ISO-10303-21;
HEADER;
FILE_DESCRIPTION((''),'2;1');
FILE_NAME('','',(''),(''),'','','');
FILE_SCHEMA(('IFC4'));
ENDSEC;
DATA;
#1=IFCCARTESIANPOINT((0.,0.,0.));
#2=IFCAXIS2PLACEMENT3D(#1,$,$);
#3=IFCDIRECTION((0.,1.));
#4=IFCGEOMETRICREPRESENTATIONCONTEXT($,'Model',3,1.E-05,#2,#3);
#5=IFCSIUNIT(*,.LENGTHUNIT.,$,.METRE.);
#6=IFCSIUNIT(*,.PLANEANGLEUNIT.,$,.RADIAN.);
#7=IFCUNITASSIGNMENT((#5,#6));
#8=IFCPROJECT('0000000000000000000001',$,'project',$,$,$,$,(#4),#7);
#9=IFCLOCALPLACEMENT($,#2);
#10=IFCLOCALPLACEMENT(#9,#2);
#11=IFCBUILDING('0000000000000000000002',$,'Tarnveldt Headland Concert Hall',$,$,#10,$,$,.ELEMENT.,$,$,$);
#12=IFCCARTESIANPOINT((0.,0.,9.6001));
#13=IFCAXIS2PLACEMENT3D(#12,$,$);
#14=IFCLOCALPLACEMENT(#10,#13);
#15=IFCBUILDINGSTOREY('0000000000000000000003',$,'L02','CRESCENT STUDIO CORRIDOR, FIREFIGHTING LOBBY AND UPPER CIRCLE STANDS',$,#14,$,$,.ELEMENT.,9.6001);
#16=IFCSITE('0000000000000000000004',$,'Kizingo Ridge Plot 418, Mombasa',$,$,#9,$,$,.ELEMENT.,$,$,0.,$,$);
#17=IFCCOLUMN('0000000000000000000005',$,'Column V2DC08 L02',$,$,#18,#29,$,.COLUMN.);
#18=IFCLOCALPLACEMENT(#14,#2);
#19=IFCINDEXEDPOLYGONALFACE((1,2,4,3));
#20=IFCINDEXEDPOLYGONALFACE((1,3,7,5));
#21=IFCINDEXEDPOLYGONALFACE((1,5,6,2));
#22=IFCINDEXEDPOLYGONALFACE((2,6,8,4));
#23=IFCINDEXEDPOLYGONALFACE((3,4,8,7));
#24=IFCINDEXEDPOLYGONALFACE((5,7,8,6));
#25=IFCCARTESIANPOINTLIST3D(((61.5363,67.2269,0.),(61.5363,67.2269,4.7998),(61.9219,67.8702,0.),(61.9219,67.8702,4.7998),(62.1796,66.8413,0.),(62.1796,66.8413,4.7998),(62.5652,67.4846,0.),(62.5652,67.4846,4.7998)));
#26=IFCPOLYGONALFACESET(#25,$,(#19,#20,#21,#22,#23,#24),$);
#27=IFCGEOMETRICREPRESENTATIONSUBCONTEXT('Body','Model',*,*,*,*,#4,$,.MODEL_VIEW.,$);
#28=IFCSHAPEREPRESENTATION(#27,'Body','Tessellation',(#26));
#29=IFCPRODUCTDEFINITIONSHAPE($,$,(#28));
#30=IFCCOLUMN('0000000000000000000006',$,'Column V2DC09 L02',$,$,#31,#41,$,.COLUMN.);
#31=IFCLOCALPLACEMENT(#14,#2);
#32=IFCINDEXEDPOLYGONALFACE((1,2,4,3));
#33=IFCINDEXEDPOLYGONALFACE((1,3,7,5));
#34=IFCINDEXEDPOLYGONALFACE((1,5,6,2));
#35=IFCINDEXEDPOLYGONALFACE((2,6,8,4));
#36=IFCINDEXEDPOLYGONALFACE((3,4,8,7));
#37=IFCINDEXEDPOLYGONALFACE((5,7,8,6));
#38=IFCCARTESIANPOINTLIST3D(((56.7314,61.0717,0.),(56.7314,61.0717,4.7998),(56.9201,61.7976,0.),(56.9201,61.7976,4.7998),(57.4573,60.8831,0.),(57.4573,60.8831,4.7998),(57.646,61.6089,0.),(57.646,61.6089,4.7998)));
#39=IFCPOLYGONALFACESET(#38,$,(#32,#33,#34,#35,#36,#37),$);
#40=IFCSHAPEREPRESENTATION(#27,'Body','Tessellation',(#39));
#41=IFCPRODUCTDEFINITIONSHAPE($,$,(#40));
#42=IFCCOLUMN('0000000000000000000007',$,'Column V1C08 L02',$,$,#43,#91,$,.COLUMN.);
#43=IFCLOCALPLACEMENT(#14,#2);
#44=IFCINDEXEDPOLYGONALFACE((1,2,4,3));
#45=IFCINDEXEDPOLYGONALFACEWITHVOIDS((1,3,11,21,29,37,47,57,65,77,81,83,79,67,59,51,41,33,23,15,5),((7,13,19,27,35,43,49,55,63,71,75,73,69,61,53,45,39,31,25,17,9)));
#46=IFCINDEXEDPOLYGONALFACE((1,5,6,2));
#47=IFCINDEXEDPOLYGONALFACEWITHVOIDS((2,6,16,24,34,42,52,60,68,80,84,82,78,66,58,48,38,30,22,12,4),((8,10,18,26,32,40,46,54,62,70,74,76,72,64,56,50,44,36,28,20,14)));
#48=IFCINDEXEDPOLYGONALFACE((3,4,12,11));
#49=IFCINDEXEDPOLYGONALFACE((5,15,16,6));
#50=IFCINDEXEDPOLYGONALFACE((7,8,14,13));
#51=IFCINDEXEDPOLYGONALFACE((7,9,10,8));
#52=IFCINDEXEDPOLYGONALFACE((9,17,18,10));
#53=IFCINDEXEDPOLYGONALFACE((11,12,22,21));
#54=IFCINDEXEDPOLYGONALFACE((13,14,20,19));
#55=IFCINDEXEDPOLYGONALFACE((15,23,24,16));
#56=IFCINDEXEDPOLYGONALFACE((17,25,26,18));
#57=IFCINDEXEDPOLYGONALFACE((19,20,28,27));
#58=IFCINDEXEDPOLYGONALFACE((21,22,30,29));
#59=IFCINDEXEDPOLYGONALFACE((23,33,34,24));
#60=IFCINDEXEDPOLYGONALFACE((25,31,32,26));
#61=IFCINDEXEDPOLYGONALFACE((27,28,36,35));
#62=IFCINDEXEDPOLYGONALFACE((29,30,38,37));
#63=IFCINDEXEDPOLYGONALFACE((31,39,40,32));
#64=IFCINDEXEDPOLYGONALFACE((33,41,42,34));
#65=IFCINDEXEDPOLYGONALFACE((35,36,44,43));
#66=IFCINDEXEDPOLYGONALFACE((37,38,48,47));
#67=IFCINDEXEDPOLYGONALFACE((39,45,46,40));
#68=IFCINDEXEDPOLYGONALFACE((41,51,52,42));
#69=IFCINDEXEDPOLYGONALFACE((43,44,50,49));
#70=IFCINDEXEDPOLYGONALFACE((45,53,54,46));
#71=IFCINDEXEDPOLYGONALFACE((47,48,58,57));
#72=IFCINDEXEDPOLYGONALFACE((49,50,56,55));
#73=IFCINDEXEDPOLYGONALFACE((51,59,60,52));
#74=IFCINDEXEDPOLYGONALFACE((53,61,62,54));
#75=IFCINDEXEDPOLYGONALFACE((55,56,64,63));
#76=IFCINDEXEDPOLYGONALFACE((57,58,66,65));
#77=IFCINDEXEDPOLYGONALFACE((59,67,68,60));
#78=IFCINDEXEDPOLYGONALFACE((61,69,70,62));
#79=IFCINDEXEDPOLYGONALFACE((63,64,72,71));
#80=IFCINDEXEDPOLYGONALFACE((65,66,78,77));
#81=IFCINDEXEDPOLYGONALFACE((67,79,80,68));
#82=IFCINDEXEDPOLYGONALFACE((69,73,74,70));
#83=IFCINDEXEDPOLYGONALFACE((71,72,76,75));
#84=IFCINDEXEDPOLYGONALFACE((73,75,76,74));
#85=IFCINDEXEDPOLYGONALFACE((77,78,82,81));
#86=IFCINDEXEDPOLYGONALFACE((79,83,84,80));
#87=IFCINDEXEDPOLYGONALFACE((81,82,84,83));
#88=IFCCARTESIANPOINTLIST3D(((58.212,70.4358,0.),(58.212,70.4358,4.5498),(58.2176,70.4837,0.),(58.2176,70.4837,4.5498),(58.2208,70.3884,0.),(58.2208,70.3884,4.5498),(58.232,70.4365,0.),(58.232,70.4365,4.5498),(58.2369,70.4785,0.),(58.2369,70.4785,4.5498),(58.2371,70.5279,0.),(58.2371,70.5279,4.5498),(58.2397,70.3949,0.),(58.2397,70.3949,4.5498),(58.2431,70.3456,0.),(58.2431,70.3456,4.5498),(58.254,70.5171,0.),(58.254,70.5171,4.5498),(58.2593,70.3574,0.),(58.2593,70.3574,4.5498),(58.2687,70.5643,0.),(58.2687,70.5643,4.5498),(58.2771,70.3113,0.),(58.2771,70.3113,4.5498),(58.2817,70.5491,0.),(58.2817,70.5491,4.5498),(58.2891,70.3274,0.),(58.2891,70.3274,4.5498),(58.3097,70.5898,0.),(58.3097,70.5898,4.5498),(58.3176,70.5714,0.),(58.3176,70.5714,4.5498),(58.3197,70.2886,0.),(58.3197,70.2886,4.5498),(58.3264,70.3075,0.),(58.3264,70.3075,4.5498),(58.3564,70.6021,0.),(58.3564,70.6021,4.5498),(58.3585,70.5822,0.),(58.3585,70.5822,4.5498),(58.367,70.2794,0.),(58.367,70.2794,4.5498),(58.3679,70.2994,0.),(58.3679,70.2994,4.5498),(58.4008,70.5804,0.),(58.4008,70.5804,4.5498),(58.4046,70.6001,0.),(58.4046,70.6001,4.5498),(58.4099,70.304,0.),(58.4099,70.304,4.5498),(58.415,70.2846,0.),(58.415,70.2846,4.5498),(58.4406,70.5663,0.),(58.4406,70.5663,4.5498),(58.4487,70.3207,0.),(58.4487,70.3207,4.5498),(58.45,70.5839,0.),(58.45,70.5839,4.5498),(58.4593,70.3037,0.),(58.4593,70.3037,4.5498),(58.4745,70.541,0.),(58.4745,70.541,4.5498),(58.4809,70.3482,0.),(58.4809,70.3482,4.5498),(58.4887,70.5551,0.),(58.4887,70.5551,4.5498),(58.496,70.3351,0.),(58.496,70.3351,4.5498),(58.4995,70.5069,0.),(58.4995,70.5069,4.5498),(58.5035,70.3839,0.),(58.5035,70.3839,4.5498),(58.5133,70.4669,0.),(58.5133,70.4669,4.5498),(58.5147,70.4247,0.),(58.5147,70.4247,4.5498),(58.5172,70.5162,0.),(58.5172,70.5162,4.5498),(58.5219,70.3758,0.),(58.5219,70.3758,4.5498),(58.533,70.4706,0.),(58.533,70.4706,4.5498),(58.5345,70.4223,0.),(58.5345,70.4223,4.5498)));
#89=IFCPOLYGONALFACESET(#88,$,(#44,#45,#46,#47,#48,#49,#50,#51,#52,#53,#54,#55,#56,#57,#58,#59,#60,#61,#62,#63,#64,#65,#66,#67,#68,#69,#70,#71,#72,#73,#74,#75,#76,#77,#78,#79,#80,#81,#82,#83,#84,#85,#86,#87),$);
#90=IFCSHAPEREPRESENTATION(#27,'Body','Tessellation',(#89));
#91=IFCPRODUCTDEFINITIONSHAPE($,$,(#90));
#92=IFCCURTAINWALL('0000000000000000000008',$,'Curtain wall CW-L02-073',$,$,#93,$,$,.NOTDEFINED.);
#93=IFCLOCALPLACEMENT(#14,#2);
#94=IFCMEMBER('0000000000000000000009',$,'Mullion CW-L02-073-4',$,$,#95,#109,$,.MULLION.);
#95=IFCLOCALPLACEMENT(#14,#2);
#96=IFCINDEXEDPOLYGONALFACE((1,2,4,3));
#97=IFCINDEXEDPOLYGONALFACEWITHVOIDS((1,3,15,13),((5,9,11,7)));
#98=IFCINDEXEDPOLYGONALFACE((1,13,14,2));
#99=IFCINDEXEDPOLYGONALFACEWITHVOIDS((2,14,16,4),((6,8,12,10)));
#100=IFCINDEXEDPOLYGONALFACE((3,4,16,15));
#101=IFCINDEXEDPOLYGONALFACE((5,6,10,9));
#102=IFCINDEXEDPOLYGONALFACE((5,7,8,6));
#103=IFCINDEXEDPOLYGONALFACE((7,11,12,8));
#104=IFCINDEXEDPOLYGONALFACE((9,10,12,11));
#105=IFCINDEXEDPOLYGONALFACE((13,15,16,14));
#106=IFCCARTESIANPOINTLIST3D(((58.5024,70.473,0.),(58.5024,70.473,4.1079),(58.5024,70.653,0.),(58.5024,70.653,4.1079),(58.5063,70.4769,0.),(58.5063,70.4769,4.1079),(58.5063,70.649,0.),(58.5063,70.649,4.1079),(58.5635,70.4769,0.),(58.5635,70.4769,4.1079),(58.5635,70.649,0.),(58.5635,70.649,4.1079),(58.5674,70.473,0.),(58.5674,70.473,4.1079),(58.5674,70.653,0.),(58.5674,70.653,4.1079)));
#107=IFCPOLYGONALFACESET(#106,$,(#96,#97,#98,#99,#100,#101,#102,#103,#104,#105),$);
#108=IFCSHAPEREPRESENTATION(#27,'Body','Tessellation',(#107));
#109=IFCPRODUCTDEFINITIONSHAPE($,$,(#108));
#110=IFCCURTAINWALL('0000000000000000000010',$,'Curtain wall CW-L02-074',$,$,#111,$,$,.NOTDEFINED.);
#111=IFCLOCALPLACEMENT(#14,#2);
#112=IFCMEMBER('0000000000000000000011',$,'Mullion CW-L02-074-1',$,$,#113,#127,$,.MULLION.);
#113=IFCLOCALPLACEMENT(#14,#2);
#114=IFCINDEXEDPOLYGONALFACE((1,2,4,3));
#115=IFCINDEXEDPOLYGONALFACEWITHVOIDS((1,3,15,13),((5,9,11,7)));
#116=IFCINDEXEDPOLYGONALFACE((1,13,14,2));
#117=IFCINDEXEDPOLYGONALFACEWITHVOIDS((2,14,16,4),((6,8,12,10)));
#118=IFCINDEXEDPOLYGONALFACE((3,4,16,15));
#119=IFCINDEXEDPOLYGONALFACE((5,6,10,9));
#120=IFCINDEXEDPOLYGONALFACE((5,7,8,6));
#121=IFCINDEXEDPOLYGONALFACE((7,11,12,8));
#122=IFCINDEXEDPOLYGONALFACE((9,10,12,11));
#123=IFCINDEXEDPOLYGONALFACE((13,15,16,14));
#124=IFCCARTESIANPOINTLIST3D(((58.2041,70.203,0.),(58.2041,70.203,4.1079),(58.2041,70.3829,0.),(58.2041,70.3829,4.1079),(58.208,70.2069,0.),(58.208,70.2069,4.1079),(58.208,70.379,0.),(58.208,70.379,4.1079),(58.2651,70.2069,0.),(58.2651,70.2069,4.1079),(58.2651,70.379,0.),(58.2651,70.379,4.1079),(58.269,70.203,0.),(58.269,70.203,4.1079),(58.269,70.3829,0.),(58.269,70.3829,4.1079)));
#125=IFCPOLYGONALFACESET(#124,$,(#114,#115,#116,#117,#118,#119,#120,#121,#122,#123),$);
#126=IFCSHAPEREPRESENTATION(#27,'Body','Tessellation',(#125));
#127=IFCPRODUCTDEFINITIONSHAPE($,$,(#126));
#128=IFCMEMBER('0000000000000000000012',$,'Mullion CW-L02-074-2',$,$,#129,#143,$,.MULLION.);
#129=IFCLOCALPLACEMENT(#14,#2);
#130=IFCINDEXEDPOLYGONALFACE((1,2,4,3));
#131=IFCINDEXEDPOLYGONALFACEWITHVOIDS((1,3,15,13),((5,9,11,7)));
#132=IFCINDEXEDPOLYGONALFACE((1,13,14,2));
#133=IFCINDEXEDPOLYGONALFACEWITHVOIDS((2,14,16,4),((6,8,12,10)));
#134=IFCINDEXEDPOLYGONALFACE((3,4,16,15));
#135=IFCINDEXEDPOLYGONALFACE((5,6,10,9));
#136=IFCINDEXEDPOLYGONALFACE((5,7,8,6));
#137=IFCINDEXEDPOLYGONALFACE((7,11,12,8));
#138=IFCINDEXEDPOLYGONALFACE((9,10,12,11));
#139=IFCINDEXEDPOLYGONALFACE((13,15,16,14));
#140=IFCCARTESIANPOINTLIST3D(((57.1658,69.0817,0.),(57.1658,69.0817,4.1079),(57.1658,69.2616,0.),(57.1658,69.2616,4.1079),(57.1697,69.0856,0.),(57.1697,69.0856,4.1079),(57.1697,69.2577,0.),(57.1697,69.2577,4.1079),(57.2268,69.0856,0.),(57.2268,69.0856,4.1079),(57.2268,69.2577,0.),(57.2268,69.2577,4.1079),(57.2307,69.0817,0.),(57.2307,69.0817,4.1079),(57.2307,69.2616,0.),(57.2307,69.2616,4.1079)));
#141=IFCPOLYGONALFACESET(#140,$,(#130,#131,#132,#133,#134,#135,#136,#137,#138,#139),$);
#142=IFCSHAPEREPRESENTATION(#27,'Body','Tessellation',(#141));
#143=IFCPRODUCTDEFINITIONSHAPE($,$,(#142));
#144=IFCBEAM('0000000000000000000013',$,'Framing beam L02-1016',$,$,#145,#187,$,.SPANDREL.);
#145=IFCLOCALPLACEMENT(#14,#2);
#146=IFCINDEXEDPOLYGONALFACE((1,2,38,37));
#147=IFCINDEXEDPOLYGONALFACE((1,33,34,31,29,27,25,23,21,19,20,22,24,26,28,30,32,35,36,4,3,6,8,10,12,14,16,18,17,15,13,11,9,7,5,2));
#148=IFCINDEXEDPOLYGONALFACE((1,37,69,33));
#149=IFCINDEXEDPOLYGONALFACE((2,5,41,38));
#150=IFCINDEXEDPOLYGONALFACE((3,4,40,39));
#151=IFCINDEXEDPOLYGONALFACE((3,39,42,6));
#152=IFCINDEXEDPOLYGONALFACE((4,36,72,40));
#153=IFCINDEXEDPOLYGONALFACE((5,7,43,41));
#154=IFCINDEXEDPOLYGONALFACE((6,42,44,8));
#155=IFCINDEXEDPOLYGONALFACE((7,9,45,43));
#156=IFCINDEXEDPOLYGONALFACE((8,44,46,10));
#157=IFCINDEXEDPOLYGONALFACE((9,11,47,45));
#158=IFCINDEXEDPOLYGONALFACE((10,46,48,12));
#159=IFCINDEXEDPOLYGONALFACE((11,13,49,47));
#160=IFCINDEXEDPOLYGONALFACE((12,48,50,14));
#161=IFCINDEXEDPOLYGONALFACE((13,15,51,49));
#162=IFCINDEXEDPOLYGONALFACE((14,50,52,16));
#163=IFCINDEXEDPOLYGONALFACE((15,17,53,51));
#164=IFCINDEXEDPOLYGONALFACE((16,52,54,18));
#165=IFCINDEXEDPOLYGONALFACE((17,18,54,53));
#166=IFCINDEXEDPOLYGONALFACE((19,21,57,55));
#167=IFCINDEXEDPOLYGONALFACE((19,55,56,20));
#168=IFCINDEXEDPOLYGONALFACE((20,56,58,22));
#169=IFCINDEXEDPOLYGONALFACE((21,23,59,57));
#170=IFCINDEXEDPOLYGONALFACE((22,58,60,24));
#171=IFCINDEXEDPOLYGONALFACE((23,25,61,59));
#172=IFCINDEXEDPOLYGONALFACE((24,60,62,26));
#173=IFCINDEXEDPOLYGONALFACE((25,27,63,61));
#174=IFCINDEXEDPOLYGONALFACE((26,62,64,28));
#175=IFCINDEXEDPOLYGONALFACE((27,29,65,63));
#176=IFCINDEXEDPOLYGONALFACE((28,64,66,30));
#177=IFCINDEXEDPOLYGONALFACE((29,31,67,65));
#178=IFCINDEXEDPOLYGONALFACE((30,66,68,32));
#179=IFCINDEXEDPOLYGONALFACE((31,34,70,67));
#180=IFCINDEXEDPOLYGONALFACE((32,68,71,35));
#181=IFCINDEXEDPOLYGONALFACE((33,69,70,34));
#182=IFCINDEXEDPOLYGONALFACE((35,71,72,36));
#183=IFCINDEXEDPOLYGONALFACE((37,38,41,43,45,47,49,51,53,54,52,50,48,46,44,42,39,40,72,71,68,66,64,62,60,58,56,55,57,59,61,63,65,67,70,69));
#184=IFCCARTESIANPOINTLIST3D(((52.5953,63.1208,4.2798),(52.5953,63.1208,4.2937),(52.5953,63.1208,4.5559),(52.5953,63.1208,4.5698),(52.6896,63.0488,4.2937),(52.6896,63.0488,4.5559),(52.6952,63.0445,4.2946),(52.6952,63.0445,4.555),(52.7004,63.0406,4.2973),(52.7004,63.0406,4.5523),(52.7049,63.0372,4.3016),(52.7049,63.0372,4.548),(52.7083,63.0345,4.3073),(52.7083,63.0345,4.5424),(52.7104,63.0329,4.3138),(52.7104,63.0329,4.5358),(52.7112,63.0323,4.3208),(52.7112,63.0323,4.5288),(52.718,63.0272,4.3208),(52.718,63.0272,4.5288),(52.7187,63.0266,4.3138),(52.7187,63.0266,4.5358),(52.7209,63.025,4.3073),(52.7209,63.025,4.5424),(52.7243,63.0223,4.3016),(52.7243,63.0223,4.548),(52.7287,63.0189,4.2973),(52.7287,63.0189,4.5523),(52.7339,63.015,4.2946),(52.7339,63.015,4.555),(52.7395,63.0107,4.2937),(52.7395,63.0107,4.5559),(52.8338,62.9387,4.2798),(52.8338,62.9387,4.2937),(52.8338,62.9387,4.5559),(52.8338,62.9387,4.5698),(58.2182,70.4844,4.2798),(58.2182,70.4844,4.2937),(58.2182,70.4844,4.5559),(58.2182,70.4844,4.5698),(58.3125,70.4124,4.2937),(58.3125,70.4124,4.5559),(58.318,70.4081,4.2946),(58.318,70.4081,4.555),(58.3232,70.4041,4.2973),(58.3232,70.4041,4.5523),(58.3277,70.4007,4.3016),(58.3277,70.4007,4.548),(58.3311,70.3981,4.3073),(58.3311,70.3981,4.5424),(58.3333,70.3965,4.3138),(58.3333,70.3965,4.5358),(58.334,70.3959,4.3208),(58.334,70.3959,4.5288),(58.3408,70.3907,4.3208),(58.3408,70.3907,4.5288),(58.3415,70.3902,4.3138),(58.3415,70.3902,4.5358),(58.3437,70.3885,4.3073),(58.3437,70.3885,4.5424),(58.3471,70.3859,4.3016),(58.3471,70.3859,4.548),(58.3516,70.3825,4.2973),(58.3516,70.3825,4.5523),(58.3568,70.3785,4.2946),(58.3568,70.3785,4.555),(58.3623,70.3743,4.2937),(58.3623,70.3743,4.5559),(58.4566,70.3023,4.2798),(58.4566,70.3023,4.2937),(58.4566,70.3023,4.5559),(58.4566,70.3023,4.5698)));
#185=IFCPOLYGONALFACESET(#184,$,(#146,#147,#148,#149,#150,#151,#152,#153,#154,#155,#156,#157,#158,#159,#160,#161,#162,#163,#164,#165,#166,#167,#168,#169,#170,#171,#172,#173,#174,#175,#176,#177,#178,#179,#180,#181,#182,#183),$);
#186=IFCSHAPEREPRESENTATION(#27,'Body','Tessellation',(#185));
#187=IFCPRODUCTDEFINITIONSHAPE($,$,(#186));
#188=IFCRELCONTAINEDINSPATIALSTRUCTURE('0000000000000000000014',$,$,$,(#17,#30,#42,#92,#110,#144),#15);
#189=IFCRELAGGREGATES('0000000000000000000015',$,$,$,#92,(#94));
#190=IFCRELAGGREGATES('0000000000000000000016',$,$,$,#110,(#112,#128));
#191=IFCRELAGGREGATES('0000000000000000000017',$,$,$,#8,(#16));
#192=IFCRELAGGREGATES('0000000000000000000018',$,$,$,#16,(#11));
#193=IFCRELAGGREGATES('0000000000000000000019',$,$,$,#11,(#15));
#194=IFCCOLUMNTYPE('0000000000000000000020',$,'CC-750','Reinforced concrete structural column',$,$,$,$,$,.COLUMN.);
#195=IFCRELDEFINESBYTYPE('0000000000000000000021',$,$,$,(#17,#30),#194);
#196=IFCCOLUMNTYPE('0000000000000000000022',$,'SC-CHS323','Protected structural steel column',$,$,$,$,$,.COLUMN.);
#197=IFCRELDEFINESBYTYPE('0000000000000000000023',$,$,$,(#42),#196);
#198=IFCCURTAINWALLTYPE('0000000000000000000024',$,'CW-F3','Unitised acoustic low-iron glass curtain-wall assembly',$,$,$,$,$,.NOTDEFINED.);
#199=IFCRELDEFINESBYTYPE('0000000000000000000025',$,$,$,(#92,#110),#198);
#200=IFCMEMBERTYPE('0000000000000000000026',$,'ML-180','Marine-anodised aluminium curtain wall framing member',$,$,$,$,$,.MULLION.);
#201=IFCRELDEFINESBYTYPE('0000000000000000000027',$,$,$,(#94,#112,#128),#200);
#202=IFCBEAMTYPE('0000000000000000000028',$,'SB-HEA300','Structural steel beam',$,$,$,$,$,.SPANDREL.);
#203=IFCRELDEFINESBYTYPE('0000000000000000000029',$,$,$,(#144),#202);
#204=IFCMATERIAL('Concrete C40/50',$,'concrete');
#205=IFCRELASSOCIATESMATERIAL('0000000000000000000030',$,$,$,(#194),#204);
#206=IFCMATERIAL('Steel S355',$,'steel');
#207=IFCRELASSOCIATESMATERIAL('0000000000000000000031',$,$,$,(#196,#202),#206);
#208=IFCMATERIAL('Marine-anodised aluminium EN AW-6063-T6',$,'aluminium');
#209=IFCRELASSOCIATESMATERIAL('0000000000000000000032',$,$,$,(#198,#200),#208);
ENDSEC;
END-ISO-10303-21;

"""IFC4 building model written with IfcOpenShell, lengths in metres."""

from ifc_helpers import new_model, si_unit, direction, frame, origin, origin_2d, place, context, subcontext, project, spatial, rectangle, hollow_rectangle, hollow_circle, i_section, extrude, material, material_profile, profile_set, type_object, element, aggregate, save


model = new_model("IFC4")

# Units and contexts
model_context = context("Model", 3, precision=1e-05, world=origin(), true_north=direction((0.0, 1.0)))
body_context = subcontext(model_context, "Body", "Model", "MODEL_VIEW")
ifc_project = project(units=[si_unit("LENGTHUNIT", "METRE"), si_unit("PLANEANGLEUNIT", "RADIAN")], contexts=[model_context])

# Site, building, storey
site_placement = place(None, origin())
site = spatial("IfcSite", under=ifc_project, at=site_placement, Name="Kizingo Ridge Plot 418, Mombasa", CompositionType="ELEMENT", RefElevation=0.0)
building_placement = place(site_placement, origin())
building = spatial("IfcBuilding", under=site, at=building_placement, Name="Tarnveldt Headland Concert Hall", CompositionType="ELEMENT")
storey_placement = place(building_placement, frame((0.0, 0.0, 9.6001)))
storey = spatial("IfcBuildingStorey", under=building, at=storey_placement, Name="L02", Description="CRESCENT STUDIO CORRIDOR, FIREFIGHTING LOBBY AND UPPER CIRCLE STANDS", CompositionType="ELEMENT", Elevation=9.6001)

# Columns
ifc_material_1 = material(Name="Concrete C40/50", Category="concrete")
ifc_material_profile_1 = material_profile(ifc_material_1, rectangle(XDim=0.75, YDim=0.75, at=origin_2d()), Name="RC 750x750", Category="concrete")
ifc_profile_set_1 = profile_set([ifc_material_profile_1], Name="Concrete C40/50")
column_type_1 = type_object("IfcColumnType", Name="CC-750", Description="Reinforced concrete structural column", PredefinedType="COLUMN", material=ifc_profile_set_1)
for number, where, z_axis, x_axis, name in (
    (1, (62.0508, 67.3557, 0.0), (0.0, 0.0, 1.0), (-0.857706, 0.51414, 0.0), "Column V2DC08 L02"),
    (2, (57.1887, 61.3403, 0.0), (0.0, 0.0, 1.0), (-0.967841, 0.251563, 0.0), "Column V2DC09 L02"),
):
    element("IfcColumn", number, at=place(storey_placement, frame(where, z_axis=z_axis, x_axis=x_axis)), inside=storey, type_object=column_type_1, Name=name, PredefinedType="COLUMN", context=body_context, shape_type="SweptSolid", body=[
        extrude(rectangle(XDim=0.75, YDim=0.75, at=origin_2d()), origin(), (0.0, 0.0, 1.0), 4.7998),
    ])
ifc_material_2 = material(Name="Steel S355", Category="steel")
ifc_material_profile_2 = material_profile(ifc_material_2, hollow_circle(Radius=0.1619, WallThickness=0.02, at=origin_2d()), Name="CHS 323.9x20", Category="steel")
ifc_profile_set_2 = profile_set([ifc_material_profile_2], Name="Steel S355")
column_type_2 = type_object("IfcColumnType", Name="SC-CHS323", Description="Protected structural steel column", PredefinedType="COLUMN", material=ifc_profile_set_2)
column_placement = place(storey_placement, frame((58.3738, 70.4412, 0.0), z_axis=(0.0, 0.0, 1.0), x_axis=(-0.844421, 0.535679, 0.0)))
element("IfcColumn", 3, at=column_placement, inside=storey, type_object=column_type_2, Name="Column V1C08 L02", PredefinedType="COLUMN", context=body_context, shape_type="SweptSolid", body=[
    extrude(hollow_circle(Radius=0.1619, WallThickness=0.02, at=origin_2d()), origin(), (0.0, 0.0, 1.0), 4.5498),
])

# Curtain wall, member
ifc_material_3 = material(Name="Marine-anodised aluminium EN AW-6063-T6", Category="aluminium")
curtain_wall_type = type_object("IfcCurtainWallType", Name="CW-F3", Description="Unitised acoustic low-iron glass curtain-wall assembly", PredefinedType="NOTDEFINED", material=ifc_material_3)
curtain_wall_1_placement = place(storey_placement, origin())
curtain_wall_1 = element("IfcCurtainWall", 4, at=curtain_wall_1_placement, inside=storey, type_object=curtain_wall_type, Name="Curtain wall CW-L02-073", PredefinedType="NOTDEFINED")
ifc_material_profile_3 = material_profile(ifc_material_3, hollow_rectangle(XDim=0.0649, YDim=0.1799, WallThickness=0.0039, at=origin_2d()), Name="ALU MULLION 65x180x4", Category="aluminium")
ifc_profile_set_3 = profile_set([ifc_material_profile_3], Name="Marine-anodised aluminium EN AW-6063-T6")
member_type_1 = type_object("IfcMemberType", Name="ML-180", Description="Marine-anodised aluminium curtain wall framing member", PredefinedType="MULLION", material=ifc_profile_set_3)
member_1_placement = place(storey_placement, frame((58.5349, 70.563, 0.0), z_axis=(0.0, 0.0, 1.0), x_axis=(1.0, 0.0, 0.0)))
member_1 = element("IfcMember", 5, at=member_1_placement, type_object=member_type_1, Name="Mullion CW-L02-073-4", PredefinedType="MULLION", context=body_context, shape_type="SweptSolid", body=[
    extrude(hollow_rectangle(XDim=0.0649, YDim=0.1799, WallThickness=0.0039, at=origin_2d()), origin(), (0.0, 0.0, 1.0), 4.1079),
])

# Curtain wall, members
curtain_wall_2_placement = place(storey_placement, origin())
curtain_wall_2 = element("IfcCurtainWall", 6, at=curtain_wall_2_placement, inside=storey, type_object=curtain_wall_type, Name="Curtain wall CW-L02-074", PredefinedType="NOTDEFINED")
member_2_placement = place(storey_placement, frame((58.2366, 70.293, 0.0), z_axis=(0.0, 0.0, 1.0), x_axis=(1.0, 0.0, 0.0)))
member_2 = element("IfcMember", 7, at=member_2_placement, type_object=member_type_1, Name="Mullion CW-L02-074-1", PredefinedType="MULLION", context=body_context, shape_type="SweptSolid", body=[
    extrude(hollow_rectangle(XDim=0.0649, YDim=0.1799, WallThickness=0.0039, at=origin_2d()), origin(), (0.0, 0.0, 1.0), 4.1079),
])
member_3_placement = place(storey_placement, frame((57.1982, 69.1716, 0.0), z_axis=(0.0, 0.0, 1.0), x_axis=(1.0, 0.0, 0.0)))
member_3 = element("IfcMember", 8, at=member_3_placement, type_object=member_type_1, Name="Mullion CW-L02-074-2", PredefinedType="MULLION", context=body_context, shape_type="SweptSolid", body=[
    extrude(hollow_rectangle(XDim=0.0649, YDim=0.1799, WallThickness=0.0039, at=origin_2d()), origin(), (0.0, 0.0, 1.0), 4.1079),
])

# Beam
ifc_material_profile_4 = material_profile(ifc_material_2, i_section(OverallWidth=0.3, OverallDepth=0.29, WebThickness=0.0085, FlangeThickness=0.0139, FilletRadius=0.0271, at=origin_2d()), Name="HEA300", Category="steel")
ifc_profile_set_4 = profile_set([ifc_material_profile_4], Name="Steel S355")
beam_type_1 = type_object("IfcBeamType", Name="SB-HEA300", Description="Structural steel beam", PredefinedType="SPANDREL", material=ifc_profile_set_4)
beam_1_placement = place(storey_placement, frame((58.3374, 70.3933, 4.4248), z_axis=(-0.606896, -0.794781, 0.0), x_axis=(0.794781, -0.606896, 0.0)))
element("IfcBeam", 9, at=beam_1_placement, inside=storey, type_object=beam_type_1, Name="Framing beam L02-1016", PredefinedType="SPANDREL", context=body_context, shape_type="SweptSolid", body=[
    extrude(i_section(OverallWidth=0.3, OverallDepth=0.29, WebThickness=0.0085, FlangeThickness=0.0139, FilletRadius=0.0271, at=origin_2d()), origin(), (0.0, 0.0, 1.0), 9.2649),
])

aggregate(curtain_wall_1, [member_1])
aggregate(curtain_wall_2, [member_2, member_3])

save(model, "model.ifc")
